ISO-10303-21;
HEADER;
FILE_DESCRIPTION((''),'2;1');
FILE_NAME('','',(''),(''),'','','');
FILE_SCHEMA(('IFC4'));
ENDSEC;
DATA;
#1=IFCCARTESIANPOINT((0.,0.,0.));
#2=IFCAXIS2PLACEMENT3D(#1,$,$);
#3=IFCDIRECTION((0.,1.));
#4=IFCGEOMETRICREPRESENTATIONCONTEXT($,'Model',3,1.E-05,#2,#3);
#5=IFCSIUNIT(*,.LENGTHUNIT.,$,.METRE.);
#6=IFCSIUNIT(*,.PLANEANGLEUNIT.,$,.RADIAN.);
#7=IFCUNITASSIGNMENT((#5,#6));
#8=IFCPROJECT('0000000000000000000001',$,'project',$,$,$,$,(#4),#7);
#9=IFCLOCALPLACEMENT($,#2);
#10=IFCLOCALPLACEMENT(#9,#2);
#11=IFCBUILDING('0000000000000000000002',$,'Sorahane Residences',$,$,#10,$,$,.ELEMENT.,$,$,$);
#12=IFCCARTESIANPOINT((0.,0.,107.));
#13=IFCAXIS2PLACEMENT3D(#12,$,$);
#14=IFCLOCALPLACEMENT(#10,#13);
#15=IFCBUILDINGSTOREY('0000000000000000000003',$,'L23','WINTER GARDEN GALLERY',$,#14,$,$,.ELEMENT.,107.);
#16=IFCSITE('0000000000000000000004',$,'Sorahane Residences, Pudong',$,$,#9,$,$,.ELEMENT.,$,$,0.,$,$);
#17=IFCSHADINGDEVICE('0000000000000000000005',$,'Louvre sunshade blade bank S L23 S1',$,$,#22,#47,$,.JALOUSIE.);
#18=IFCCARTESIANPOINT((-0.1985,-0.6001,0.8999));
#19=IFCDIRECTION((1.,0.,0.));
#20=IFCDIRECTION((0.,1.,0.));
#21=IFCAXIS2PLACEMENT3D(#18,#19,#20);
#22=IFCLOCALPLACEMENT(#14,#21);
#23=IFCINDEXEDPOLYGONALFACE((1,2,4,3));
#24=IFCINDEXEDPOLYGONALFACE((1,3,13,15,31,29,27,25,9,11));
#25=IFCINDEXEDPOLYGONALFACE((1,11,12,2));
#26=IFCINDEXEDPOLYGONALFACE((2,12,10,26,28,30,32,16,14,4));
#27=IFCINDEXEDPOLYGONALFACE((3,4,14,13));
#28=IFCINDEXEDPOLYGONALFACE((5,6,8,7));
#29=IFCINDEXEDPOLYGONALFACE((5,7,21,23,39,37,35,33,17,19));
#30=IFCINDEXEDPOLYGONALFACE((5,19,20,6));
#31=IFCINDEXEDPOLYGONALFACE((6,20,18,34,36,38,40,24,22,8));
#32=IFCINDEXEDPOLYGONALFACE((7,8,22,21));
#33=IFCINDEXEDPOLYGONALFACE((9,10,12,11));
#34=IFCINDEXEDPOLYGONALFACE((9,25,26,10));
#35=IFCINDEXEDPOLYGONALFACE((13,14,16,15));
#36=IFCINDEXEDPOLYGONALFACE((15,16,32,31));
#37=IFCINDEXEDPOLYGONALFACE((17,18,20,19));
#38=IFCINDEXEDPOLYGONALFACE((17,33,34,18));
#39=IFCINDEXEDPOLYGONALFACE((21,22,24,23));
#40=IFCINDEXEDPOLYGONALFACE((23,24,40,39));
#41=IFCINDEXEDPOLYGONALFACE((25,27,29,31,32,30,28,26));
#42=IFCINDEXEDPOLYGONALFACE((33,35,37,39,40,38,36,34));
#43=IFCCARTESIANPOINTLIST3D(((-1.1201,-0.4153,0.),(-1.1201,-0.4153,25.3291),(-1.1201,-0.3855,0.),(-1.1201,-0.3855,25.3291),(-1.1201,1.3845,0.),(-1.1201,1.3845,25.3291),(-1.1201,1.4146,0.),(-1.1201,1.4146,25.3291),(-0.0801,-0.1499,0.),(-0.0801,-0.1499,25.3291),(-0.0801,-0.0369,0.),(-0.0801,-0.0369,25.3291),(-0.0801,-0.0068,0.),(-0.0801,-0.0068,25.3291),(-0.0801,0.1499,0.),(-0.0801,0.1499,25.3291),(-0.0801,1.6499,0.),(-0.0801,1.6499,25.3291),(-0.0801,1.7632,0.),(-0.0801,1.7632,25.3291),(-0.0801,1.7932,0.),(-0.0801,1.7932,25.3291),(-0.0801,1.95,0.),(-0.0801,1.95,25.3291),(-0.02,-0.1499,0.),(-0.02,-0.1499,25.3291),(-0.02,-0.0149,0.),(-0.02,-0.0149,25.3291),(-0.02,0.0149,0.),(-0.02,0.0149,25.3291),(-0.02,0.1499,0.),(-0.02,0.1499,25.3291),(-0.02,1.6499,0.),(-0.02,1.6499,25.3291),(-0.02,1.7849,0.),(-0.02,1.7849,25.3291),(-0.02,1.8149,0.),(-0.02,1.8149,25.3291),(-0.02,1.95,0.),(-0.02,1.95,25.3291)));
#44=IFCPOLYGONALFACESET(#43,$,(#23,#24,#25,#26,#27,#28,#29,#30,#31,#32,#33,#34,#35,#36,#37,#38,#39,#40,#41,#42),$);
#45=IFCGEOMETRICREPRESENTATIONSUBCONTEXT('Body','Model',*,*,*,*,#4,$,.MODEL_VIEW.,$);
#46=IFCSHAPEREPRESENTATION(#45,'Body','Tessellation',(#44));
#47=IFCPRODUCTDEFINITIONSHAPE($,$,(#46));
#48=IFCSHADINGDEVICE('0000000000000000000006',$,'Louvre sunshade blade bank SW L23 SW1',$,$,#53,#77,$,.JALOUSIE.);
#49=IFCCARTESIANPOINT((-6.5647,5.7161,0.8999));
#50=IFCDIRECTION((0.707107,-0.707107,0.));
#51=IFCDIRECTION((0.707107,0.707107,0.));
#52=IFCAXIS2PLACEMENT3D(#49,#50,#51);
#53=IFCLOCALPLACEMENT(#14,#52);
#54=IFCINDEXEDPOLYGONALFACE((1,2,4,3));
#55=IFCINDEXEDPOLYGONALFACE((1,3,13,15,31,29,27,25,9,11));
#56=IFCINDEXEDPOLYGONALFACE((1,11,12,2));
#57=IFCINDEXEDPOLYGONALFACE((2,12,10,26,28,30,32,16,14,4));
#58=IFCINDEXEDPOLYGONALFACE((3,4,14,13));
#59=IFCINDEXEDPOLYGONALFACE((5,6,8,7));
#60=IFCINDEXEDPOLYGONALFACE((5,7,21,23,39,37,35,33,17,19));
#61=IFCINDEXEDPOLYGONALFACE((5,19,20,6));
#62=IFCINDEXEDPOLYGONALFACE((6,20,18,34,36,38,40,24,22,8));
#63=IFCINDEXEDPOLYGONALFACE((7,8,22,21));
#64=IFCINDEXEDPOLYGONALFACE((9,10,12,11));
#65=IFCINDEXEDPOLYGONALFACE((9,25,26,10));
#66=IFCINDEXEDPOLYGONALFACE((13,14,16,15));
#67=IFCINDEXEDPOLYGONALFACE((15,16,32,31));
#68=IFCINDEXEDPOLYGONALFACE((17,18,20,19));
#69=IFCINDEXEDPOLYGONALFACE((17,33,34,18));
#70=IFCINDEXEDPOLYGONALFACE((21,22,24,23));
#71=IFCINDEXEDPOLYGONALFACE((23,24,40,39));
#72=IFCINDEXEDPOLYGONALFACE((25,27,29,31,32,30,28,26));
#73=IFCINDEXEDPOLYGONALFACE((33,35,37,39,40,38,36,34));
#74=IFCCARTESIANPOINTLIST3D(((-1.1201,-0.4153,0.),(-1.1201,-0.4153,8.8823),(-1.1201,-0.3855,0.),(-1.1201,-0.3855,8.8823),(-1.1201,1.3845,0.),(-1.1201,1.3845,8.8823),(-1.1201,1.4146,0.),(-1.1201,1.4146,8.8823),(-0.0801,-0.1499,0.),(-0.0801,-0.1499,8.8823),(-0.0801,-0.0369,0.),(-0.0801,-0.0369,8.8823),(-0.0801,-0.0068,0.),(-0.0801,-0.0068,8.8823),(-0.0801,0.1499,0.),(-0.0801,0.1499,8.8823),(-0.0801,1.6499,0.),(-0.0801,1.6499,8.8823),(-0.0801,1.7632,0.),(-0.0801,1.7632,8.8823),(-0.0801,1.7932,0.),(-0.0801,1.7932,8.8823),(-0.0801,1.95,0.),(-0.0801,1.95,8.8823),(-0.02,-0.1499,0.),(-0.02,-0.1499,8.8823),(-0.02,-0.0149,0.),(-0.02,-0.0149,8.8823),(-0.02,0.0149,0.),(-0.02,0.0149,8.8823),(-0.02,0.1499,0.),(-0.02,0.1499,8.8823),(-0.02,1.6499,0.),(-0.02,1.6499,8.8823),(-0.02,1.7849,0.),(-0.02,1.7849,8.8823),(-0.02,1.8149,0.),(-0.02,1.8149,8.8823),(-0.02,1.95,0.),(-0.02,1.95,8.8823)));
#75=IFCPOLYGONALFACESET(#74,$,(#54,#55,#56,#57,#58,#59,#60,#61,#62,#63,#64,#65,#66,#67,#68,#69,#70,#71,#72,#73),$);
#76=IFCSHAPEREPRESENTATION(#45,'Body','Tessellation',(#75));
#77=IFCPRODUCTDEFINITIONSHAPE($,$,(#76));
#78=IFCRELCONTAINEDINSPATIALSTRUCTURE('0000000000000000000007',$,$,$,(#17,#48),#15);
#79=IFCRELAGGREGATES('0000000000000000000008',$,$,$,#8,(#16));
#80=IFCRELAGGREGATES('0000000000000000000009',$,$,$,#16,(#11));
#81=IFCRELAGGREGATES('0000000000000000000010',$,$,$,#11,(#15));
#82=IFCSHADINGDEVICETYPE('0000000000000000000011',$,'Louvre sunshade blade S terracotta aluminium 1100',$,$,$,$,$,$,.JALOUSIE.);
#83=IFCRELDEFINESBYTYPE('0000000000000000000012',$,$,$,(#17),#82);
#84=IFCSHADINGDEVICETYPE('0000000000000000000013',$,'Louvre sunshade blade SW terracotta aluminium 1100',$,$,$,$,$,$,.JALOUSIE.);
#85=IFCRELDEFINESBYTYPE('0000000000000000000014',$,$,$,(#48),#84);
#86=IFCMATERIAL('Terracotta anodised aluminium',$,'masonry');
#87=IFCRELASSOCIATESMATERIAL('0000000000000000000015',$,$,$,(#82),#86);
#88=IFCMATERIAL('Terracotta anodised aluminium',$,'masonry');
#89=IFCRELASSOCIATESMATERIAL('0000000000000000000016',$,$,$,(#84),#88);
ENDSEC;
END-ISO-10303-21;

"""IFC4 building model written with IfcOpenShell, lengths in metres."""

from ifc_helpers import new_model, si_unit, direction, frame, origin, place, context, subcontext, project, spatial, polyline, outline, composite_profile, extrude, material, type_object, element, save


model = new_model("IFC4")

# Units and contexts
model_context = context("Model", 3, precision=1e-05, world=origin(), true_north=direction((0.0, 1.0)))
body_context = subcontext(model_context, "Body", "Model", "MODEL_VIEW")
ifc_project = project(units=[si_unit("LENGTHUNIT", "METRE"), si_unit("PLANEANGLEUNIT", "RADIAN")], contexts=[model_context])

# Site, building, storey
site_placement = place(None, origin())
site = spatial("IfcSite", under=ifc_project, at=site_placement, Name="Sorahane Residences, Pudong", CompositionType="ELEMENT", RefElevation=0.0)
building_placement = place(site_placement, origin())
building = spatial("IfcBuilding", under=site, at=building_placement, Name="Sorahane Residences", CompositionType="ELEMENT")
storey_placement = place(building_placement, frame((0.0, 0.0, 107.0)))
storey = spatial("IfcBuildingStorey", under=building, at=storey_placement, Name="L23", Description="WINTER GARDEN GALLERY", CompositionType="ELEMENT", Elevation=107.0)

# Shading devices
ifc_material_1 = material(Name="Terracotta anodised aluminium", Category="masonry")
shading_device_type_1 = type_object("IfcShadingDeviceType", Name="Louvre sunshade blade S terracotta aluminium 1100", PredefinedType="JALOUSIE", material=ifc_material_1)
shading_device_1_placement = place(storey_placement, frame((-0.1985, -0.6001, 0.8999), z_axis=(1.0, 0.0, 0.0), x_axis=(0.0, 1.0, 0.0)))
element("IfcShadingDevice", 1, at=shading_device_1_placement, inside=storey, type_object=shading_device_type_1, Name="Louvre sunshade blade bank S L23 S1", PredefinedType="JALOUSIE", context=body_context, shape_type="SweptSolid", body=[
    extrude(composite_profile([outline(polyline([(-1.1201, -0.3855), (-1.1201, -0.4153), (-0.0801, -0.0369), (-0.0801, -0.1499), (-0.02, -0.1499), (-0.02, -0.0149), (-0.02, 0.0149), (-0.02, 0.1499), (-0.0801, 0.1499), (-0.0801, -0.0068), (-1.1201, -0.3855)])), outline(polyline([(-1.1201, 1.4146), (-1.1201, 1.3845), (-0.0801, 1.7632), (-0.0801, 1.6499), (-0.02, 1.6499), (-0.02, 1.7849), (-0.02, 1.8149), (-0.02, 1.95), (-0.0801, 1.95), (-0.0801, 1.7932), (-1.1201, 1.4146)]))]), origin(), (0.0, 0.0, 1.0), 25.3291),
])
ifc_material_2 = material(Name="Terracotta anodised aluminium", Category="masonry")
shading_device_type_2 = type_object("IfcShadingDeviceType", Name="Louvre sunshade blade SW terracotta aluminium 1100", PredefinedType="JALOUSIE", material=ifc_material_2)
shading_device_2_placement = place(storey_placement, frame((-6.5647, 5.7161, 0.8999), z_axis=(0.707107, -0.707107, 0.0), x_axis=(0.707107, 0.707107, 0.0)))
element("IfcShadingDevice", 2, at=shading_device_2_placement, inside=storey, type_object=shading_device_type_2, Name="Louvre sunshade blade bank SW L23 SW1", PredefinedType="JALOUSIE", context=body_context, shape_type="SweptSolid", body=[
    extrude(composite_profile([outline(polyline([(-1.1201, -0.3855), (-1.1201, -0.4153), (-0.0801, -0.0369), (-0.0801, -0.1499), (-0.02, -0.1499), (-0.02, -0.0149), (-0.02, 0.0149), (-0.02, 0.1499), (-0.0801, 0.1499), (-0.0801, -0.0068), (-1.1201, -0.3855)])), outline(polyline([(-1.1201, 1.4146), (-1.1201, 1.3845), (-0.0801, 1.7632), (-0.0801, 1.6499), (-0.02, 1.6499), (-0.02, 1.7849), (-0.02, 1.8149), (-0.02, 1.95), (-0.0801, 1.95), (-0.0801, 1.7932), (-1.1201, 1.4146)]))]), origin(), (0.0, 0.0, 1.0), 8.8823),
])

save(model, "model.ifc")
